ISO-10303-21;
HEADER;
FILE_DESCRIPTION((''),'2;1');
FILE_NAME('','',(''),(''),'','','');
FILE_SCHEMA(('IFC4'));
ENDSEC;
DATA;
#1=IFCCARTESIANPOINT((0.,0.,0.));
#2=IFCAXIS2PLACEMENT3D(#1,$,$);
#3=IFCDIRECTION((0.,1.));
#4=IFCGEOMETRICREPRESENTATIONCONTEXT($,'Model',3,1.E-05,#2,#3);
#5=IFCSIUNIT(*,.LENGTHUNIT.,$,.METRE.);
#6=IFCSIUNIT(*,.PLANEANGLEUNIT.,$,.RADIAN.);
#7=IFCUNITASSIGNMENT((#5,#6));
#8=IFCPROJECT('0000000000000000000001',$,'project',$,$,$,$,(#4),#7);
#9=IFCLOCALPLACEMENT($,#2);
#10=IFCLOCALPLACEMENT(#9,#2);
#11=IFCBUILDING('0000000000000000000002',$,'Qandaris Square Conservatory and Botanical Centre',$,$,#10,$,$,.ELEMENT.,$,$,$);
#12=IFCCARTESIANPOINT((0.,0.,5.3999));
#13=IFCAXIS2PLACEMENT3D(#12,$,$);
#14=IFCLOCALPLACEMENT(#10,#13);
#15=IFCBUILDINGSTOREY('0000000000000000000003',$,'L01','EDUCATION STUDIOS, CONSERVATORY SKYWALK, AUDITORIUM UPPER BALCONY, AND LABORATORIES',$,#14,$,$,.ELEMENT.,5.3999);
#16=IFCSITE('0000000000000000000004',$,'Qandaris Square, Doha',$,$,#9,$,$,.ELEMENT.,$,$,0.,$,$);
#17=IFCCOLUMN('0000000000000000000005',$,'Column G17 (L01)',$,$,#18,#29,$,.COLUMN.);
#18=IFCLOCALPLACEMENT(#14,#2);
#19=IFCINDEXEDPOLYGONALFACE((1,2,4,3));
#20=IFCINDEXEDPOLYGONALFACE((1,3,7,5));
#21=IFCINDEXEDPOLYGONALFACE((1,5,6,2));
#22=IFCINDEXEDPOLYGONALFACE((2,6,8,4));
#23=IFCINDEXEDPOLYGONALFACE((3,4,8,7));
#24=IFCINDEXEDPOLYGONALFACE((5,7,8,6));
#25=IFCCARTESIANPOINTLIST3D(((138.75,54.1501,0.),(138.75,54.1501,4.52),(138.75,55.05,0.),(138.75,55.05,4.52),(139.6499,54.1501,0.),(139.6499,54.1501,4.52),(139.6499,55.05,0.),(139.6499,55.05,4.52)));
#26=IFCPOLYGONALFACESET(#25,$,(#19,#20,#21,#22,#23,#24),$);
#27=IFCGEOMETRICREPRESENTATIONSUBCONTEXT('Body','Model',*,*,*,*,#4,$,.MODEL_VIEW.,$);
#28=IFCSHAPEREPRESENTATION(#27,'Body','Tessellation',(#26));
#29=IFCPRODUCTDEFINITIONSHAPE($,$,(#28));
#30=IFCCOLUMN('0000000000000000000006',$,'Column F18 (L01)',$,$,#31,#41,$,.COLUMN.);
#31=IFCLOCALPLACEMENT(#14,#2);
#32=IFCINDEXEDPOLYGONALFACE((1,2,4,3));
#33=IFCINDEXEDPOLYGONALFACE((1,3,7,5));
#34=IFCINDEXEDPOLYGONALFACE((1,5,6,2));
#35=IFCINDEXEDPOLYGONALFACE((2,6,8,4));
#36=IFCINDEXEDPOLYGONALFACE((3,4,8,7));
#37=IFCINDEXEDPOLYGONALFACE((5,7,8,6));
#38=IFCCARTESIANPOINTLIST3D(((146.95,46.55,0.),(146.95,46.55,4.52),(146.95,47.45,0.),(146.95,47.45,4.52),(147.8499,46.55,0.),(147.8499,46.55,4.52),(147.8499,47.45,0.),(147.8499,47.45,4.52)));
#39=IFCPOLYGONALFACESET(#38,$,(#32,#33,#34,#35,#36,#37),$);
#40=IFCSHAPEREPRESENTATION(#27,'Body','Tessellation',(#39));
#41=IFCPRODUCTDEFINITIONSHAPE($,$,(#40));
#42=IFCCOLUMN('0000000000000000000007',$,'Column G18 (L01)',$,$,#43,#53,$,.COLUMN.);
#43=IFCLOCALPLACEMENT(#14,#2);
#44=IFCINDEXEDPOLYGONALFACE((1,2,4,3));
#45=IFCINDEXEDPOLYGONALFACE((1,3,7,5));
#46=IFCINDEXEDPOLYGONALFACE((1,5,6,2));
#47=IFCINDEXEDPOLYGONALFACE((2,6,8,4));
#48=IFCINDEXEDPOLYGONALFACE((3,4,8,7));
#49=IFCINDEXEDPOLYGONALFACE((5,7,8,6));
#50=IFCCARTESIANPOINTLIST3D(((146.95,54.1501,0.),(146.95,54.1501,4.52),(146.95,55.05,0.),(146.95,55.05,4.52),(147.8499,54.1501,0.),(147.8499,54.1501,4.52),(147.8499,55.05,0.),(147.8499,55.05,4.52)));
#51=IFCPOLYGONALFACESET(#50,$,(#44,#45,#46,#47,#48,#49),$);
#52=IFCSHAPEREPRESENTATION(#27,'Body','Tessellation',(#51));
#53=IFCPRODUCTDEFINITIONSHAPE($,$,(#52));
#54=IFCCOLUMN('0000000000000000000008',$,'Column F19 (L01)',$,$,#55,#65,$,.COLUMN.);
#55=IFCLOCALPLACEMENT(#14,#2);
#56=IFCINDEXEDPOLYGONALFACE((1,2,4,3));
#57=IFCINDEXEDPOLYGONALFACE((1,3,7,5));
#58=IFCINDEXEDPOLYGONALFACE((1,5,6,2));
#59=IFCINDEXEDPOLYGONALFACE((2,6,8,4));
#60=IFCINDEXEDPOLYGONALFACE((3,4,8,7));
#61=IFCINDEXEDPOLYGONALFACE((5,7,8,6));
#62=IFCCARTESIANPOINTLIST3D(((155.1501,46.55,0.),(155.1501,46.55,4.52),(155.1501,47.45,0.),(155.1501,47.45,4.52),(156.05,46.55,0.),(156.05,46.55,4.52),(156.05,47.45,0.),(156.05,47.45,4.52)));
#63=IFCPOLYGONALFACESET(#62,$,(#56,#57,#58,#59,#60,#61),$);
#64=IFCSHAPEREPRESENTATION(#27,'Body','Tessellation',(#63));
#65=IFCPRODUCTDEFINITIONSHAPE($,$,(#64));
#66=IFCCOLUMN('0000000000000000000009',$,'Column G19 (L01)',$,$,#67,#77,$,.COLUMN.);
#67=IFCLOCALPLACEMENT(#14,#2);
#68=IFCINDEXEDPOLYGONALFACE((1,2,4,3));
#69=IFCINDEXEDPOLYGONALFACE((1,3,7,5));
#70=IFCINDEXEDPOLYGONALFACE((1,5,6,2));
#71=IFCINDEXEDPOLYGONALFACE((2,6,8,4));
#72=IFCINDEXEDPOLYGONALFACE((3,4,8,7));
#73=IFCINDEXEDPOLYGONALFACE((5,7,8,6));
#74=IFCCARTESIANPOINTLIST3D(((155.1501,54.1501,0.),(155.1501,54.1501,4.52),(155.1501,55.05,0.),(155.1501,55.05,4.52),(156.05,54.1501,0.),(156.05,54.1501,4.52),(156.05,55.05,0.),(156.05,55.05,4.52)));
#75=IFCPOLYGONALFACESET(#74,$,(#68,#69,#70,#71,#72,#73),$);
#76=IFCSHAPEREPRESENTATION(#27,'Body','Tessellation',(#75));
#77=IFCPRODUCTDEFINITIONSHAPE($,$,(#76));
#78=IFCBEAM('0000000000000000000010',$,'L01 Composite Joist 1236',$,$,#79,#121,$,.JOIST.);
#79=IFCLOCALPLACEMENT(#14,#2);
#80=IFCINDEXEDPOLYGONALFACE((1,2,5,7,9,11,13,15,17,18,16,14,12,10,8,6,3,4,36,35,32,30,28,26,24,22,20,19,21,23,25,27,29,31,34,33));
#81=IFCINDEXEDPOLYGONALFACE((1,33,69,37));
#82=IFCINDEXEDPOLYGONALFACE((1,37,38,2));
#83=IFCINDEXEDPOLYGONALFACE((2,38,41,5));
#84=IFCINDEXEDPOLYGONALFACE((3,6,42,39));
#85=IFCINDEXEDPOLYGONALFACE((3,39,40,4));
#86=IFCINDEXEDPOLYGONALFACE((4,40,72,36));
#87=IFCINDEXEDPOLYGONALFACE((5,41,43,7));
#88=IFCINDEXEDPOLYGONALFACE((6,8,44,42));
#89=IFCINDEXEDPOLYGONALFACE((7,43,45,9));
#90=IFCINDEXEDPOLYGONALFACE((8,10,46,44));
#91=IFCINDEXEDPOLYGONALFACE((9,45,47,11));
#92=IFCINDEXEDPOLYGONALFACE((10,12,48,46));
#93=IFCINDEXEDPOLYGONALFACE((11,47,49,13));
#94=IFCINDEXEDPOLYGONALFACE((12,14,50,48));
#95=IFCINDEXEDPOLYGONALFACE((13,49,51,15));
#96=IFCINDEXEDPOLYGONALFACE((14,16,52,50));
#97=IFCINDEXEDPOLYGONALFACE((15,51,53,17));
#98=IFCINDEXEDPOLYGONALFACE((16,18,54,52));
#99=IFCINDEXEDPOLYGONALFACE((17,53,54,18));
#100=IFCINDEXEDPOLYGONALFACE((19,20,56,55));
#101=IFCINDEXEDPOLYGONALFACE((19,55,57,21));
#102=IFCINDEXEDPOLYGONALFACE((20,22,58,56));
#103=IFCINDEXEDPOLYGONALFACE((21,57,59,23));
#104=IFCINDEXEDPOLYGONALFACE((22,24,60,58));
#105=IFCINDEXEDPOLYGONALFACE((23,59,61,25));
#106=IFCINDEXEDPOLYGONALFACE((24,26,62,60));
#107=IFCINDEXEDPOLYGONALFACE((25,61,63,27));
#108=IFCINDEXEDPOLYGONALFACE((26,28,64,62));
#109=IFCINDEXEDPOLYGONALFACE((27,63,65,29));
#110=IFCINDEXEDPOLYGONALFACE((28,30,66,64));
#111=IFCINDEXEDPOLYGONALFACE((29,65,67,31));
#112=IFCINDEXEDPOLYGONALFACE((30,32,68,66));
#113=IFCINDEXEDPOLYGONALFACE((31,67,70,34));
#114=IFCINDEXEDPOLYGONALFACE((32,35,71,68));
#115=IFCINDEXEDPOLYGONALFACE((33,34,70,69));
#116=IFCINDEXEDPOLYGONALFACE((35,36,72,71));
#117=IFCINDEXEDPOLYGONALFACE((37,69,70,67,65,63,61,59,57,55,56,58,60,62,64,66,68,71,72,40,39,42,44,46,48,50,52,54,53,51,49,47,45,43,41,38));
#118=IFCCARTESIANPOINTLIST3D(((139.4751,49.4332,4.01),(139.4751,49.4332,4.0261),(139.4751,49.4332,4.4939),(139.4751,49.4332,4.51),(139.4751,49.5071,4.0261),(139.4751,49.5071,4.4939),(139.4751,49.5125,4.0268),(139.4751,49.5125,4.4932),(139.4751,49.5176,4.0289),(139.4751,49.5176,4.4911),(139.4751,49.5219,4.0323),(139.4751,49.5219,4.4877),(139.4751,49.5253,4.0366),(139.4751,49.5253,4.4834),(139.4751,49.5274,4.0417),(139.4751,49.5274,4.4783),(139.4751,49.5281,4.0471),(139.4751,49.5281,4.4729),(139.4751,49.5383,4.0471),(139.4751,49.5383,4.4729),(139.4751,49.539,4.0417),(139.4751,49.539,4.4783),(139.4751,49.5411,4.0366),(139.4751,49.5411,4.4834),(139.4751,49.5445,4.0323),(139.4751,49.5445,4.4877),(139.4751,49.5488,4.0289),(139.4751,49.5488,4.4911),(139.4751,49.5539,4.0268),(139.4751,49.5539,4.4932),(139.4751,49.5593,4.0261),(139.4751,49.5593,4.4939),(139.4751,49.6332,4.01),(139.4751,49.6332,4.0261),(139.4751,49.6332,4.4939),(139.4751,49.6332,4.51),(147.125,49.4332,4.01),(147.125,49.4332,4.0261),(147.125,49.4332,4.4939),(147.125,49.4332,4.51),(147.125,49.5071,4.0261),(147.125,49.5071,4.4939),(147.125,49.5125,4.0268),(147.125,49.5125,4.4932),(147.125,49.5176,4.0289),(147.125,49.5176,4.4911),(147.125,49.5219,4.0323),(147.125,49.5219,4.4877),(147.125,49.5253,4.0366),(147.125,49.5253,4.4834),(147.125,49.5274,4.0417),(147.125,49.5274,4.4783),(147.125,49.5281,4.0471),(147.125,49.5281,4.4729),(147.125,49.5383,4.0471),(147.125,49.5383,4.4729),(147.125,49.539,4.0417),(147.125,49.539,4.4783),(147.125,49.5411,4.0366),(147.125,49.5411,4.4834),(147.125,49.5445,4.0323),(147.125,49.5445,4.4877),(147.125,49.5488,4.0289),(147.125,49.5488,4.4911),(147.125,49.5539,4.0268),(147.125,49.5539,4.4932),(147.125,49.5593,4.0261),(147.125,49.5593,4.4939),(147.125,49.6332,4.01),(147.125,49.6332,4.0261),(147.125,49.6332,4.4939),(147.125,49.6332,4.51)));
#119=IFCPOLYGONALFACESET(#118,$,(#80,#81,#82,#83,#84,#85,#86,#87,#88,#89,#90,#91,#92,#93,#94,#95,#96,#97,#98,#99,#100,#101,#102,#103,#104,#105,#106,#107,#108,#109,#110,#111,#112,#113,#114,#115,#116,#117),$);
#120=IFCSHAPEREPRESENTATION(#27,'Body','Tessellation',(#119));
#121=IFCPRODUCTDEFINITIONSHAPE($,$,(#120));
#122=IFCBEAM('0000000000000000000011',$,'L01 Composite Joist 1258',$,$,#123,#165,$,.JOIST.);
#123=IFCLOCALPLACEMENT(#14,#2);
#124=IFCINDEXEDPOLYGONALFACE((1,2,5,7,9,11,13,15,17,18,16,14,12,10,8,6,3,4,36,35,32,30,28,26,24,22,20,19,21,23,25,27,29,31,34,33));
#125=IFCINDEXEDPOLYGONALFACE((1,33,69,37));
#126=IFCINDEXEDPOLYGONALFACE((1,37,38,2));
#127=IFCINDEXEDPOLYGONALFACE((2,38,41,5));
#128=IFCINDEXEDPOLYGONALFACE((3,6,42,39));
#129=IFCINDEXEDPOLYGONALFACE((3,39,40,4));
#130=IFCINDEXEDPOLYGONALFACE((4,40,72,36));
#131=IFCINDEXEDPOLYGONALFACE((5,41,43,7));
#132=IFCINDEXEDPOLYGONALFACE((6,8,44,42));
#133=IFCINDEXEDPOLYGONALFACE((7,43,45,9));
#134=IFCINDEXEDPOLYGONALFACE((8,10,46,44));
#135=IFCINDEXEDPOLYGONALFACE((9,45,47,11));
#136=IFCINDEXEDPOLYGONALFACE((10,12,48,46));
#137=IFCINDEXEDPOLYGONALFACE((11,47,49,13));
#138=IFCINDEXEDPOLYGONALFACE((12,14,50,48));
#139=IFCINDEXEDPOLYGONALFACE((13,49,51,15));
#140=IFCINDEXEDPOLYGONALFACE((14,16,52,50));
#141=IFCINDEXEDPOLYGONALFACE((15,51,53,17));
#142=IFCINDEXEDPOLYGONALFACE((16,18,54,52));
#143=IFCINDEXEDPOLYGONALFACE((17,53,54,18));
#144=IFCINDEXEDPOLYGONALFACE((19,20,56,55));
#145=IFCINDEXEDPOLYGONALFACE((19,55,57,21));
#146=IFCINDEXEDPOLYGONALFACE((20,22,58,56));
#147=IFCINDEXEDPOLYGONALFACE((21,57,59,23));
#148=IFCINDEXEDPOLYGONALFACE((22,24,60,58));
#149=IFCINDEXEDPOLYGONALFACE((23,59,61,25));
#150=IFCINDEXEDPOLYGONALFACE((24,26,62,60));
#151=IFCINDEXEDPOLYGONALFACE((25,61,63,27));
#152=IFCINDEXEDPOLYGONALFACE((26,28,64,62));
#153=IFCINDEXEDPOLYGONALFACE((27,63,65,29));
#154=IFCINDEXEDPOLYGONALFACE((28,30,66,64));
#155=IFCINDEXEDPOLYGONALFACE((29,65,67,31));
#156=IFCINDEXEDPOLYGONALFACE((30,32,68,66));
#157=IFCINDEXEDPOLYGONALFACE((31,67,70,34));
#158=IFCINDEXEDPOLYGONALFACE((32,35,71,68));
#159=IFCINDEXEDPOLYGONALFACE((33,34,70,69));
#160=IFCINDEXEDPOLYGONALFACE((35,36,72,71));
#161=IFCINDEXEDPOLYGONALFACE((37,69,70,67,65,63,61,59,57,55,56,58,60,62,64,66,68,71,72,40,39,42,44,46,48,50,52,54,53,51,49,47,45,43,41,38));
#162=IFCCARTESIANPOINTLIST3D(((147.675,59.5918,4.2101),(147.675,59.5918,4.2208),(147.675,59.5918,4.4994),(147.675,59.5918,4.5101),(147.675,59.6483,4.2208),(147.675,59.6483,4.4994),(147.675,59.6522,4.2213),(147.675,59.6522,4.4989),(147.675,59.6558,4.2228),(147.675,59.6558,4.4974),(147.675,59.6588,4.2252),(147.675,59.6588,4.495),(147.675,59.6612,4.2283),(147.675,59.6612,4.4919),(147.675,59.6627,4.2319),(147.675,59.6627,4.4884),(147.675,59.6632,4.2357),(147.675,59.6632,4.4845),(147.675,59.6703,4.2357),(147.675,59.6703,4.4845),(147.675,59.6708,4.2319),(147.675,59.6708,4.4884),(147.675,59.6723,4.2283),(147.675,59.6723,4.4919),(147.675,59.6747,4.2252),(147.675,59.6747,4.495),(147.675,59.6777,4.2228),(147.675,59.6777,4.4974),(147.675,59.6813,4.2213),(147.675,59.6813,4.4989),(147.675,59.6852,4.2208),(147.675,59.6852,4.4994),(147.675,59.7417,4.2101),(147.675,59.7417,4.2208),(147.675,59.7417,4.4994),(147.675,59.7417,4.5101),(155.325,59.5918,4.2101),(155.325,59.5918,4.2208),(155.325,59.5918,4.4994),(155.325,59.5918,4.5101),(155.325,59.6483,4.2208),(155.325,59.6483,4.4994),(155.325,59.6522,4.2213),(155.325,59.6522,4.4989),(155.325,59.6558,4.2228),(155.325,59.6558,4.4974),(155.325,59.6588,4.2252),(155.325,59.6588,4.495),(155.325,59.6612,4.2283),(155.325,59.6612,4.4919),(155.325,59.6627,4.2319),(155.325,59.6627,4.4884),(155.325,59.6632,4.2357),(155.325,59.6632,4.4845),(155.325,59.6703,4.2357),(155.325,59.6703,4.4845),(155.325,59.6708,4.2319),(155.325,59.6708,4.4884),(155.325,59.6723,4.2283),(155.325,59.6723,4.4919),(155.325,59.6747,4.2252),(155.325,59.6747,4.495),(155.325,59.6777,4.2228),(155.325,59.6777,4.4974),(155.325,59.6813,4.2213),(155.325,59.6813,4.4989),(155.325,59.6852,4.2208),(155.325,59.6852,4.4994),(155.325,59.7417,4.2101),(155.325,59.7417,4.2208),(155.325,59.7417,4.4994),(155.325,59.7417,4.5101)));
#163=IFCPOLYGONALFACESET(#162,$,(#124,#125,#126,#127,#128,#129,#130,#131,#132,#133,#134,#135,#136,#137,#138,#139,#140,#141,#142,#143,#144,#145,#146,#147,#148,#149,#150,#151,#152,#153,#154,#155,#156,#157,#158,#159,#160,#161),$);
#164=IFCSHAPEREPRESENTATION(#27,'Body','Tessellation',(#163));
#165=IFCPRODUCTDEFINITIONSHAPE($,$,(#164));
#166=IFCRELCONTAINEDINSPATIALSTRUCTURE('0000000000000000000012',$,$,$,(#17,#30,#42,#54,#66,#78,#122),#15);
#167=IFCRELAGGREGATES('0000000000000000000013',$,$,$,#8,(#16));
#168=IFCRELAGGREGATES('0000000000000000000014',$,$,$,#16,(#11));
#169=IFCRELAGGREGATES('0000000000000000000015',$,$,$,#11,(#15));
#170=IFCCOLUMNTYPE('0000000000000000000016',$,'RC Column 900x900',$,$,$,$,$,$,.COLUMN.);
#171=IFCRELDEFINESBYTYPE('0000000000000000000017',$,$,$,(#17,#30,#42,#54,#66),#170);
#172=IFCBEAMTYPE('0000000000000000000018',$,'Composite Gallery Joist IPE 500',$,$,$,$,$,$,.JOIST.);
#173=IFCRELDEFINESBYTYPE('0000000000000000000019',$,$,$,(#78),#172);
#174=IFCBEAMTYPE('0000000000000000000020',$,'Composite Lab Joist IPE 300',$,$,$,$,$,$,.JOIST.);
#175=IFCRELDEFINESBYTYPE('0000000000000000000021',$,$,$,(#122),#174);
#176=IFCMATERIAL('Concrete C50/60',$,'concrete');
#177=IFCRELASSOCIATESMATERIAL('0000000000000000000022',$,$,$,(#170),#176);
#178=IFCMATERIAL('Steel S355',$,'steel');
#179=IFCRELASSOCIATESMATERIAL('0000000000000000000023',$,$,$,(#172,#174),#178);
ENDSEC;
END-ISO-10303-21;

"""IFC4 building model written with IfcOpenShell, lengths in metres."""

from ifc_helpers import new_model, si_unit, direction, frame, origin, origin_2d, place, context, subcontext, project, spatial, rectangle, i_section, extrude, material, material_profile, profile_set, type_object, element, save


model = new_model("IFC4")

# Units and contexts
model_context = context("Model", 3, precision=1e-05, world=origin(), true_north=direction((0.0, 1.0)))
body_context = subcontext(model_context, "Body", "Model", "MODEL_VIEW")
ifc_project = project(units=[si_unit("LENGTHUNIT", "METRE"), si_unit("PLANEANGLEUNIT", "RADIAN")], contexts=[model_context])

# Site, building, storey
site_placement = place(None, origin())
site = spatial("IfcSite", under=ifc_project, at=site_placement, Name="Qandaris Square, Doha", CompositionType="ELEMENT", RefElevation=0.0)
building_placement = place(site_placement, origin())
building = spatial("IfcBuilding", under=site, at=building_placement, Name="Qandaris Square Conservatory and Botanical Centre", CompositionType="ELEMENT")
storey_placement = place(building_placement, frame((0.0, 0.0, 5.3999)))
storey = spatial("IfcBuildingStorey", under=building, at=storey_placement, Name="L01", Description="EDUCATION STUDIOS, CONSERVATORY SKYWALK, AUDITORIUM UPPER BALCONY, AND LABORATORIES", CompositionType="ELEMENT", Elevation=5.3999)

# Columns
ifc_material_1 = material(Name="Concrete C50/60", Category="concrete")
ifc_material_profile_1 = material_profile(ifc_material_1, rectangle(XDim=0.8999, YDim=0.8999, at=origin_2d()), Name="RC-COL 900x900")
ifc_profile_set_1 = profile_set([ifc_material_profile_1], Name="Concrete C50/60")
column_type = type_object("IfcColumnType", Name="RC Column 900x900", PredefinedType="COLUMN", material=ifc_profile_set_1)
for number, where, z_axis, x_axis, name in (
    (1, (139.2, 54.6001, 0.0), (0.0, 0.0, 1.0), (1.0, 0.0, 0.0), "Column G17 (L01)"),
    (2, (147.3999, 47.0, 0.0), (0.0, 0.0, 1.0), (1.0, 0.0, 0.0), "Column F18 (L01)"),
    (3, (147.3999, 54.6001, 0.0), (0.0, 0.0, 1.0), (1.0, 0.0, 0.0), "Column G18 (L01)"),
    (4, (155.6001, 47.0, 0.0), (0.0, 0.0, 1.0), (1.0, 0.0, 0.0), "Column F19 (L01)"),
    (5, (155.6001, 54.6001, 0.0), (0.0, 0.0, 1.0), (1.0, 0.0, 0.0), "Column G19 (L01)"),
):
    element("IfcColumn", number, at=place(storey_placement, frame(where, z_axis=z_axis, x_axis=x_axis)), inside=storey, type_object=column_type, Name=name, PredefinedType="COLUMN", context=body_context, shape_type="SweptSolid", body=[
        extrude(rectangle(XDim=0.8999, YDim=0.8999, at=origin_2d()), origin(), (0.0, 0.0, 1.0), 4.52),
    ])

# Beams
ifc_material_2 = material(Name="Steel S355", Category="steel")
ifc_material_profile_2 = material_profile(ifc_material_2, i_section(OverallWidth=0.2, OverallDepth=0.5, WebThickness=0.0103, FlangeThickness=0.0161, FilletRadius=0.021, at=origin_2d()), Name="IPE 500")
ifc_profile_set_2 = profile_set([ifc_material_profile_2], Name="Steel S355")
beam_type_1 = type_object("IfcBeamType", Name="Composite Gallery Joist IPE 500", PredefinedType="JOIST", material=ifc_profile_set_2)
beam_1_placement = place(storey_placement, frame((139.4751, 49.5332, 4.26), z_axis=(1.0, 0.0, 0.0), x_axis=(0.0, 1.0, 0.0)))
element("IfcBeam", 6, at=beam_1_placement, inside=storey, type_object=beam_type_1, Name="L01 Composite Joist 1236", PredefinedType="JOIST", context=body_context, shape_type="SweptSolid", body=[
    extrude(i_section(OverallWidth=0.2, OverallDepth=0.5, WebThickness=0.0103, FlangeThickness=0.0161, FilletRadius=0.021, at=origin_2d()), origin(), (0.0, 0.0, 1.0), 7.6499),
])
ifc_material_profile_3 = material_profile(ifc_material_2, i_section(OverallWidth=0.1499, OverallDepth=0.3, WebThickness=0.0071, FlangeThickness=0.0107, FilletRadius=0.0149, at=origin_2d()), Name="IPE 300")
ifc_profile_set_3 = profile_set([ifc_material_profile_3], Name="Steel S355")
beam_type_2 = type_object("IfcBeamType", Name="Composite Lab Joist IPE 300", PredefinedType="JOIST", material=ifc_profile_set_3)
beam_2_placement = place(storey_placement, frame((147.675, 59.6667, 4.3601), z_axis=(1.0, 0.0, 0.0), x_axis=(0.0, 1.0, 0.0)))
element("IfcBeam", 7, at=beam_2_placement, inside=storey, type_object=beam_type_2, Name="L01 Composite Joist 1258", PredefinedType="JOIST", context=body_context, shape_type="SweptSolid", body=[
    extrude(i_section(OverallWidth=0.1499, OverallDepth=0.3, WebThickness=0.0071, FlangeThickness=0.0107, FilletRadius=0.0149, at=origin_2d()), origin(), (0.0, 0.0, 1.0), 7.6499),
])

save(model, "model.ifc")
